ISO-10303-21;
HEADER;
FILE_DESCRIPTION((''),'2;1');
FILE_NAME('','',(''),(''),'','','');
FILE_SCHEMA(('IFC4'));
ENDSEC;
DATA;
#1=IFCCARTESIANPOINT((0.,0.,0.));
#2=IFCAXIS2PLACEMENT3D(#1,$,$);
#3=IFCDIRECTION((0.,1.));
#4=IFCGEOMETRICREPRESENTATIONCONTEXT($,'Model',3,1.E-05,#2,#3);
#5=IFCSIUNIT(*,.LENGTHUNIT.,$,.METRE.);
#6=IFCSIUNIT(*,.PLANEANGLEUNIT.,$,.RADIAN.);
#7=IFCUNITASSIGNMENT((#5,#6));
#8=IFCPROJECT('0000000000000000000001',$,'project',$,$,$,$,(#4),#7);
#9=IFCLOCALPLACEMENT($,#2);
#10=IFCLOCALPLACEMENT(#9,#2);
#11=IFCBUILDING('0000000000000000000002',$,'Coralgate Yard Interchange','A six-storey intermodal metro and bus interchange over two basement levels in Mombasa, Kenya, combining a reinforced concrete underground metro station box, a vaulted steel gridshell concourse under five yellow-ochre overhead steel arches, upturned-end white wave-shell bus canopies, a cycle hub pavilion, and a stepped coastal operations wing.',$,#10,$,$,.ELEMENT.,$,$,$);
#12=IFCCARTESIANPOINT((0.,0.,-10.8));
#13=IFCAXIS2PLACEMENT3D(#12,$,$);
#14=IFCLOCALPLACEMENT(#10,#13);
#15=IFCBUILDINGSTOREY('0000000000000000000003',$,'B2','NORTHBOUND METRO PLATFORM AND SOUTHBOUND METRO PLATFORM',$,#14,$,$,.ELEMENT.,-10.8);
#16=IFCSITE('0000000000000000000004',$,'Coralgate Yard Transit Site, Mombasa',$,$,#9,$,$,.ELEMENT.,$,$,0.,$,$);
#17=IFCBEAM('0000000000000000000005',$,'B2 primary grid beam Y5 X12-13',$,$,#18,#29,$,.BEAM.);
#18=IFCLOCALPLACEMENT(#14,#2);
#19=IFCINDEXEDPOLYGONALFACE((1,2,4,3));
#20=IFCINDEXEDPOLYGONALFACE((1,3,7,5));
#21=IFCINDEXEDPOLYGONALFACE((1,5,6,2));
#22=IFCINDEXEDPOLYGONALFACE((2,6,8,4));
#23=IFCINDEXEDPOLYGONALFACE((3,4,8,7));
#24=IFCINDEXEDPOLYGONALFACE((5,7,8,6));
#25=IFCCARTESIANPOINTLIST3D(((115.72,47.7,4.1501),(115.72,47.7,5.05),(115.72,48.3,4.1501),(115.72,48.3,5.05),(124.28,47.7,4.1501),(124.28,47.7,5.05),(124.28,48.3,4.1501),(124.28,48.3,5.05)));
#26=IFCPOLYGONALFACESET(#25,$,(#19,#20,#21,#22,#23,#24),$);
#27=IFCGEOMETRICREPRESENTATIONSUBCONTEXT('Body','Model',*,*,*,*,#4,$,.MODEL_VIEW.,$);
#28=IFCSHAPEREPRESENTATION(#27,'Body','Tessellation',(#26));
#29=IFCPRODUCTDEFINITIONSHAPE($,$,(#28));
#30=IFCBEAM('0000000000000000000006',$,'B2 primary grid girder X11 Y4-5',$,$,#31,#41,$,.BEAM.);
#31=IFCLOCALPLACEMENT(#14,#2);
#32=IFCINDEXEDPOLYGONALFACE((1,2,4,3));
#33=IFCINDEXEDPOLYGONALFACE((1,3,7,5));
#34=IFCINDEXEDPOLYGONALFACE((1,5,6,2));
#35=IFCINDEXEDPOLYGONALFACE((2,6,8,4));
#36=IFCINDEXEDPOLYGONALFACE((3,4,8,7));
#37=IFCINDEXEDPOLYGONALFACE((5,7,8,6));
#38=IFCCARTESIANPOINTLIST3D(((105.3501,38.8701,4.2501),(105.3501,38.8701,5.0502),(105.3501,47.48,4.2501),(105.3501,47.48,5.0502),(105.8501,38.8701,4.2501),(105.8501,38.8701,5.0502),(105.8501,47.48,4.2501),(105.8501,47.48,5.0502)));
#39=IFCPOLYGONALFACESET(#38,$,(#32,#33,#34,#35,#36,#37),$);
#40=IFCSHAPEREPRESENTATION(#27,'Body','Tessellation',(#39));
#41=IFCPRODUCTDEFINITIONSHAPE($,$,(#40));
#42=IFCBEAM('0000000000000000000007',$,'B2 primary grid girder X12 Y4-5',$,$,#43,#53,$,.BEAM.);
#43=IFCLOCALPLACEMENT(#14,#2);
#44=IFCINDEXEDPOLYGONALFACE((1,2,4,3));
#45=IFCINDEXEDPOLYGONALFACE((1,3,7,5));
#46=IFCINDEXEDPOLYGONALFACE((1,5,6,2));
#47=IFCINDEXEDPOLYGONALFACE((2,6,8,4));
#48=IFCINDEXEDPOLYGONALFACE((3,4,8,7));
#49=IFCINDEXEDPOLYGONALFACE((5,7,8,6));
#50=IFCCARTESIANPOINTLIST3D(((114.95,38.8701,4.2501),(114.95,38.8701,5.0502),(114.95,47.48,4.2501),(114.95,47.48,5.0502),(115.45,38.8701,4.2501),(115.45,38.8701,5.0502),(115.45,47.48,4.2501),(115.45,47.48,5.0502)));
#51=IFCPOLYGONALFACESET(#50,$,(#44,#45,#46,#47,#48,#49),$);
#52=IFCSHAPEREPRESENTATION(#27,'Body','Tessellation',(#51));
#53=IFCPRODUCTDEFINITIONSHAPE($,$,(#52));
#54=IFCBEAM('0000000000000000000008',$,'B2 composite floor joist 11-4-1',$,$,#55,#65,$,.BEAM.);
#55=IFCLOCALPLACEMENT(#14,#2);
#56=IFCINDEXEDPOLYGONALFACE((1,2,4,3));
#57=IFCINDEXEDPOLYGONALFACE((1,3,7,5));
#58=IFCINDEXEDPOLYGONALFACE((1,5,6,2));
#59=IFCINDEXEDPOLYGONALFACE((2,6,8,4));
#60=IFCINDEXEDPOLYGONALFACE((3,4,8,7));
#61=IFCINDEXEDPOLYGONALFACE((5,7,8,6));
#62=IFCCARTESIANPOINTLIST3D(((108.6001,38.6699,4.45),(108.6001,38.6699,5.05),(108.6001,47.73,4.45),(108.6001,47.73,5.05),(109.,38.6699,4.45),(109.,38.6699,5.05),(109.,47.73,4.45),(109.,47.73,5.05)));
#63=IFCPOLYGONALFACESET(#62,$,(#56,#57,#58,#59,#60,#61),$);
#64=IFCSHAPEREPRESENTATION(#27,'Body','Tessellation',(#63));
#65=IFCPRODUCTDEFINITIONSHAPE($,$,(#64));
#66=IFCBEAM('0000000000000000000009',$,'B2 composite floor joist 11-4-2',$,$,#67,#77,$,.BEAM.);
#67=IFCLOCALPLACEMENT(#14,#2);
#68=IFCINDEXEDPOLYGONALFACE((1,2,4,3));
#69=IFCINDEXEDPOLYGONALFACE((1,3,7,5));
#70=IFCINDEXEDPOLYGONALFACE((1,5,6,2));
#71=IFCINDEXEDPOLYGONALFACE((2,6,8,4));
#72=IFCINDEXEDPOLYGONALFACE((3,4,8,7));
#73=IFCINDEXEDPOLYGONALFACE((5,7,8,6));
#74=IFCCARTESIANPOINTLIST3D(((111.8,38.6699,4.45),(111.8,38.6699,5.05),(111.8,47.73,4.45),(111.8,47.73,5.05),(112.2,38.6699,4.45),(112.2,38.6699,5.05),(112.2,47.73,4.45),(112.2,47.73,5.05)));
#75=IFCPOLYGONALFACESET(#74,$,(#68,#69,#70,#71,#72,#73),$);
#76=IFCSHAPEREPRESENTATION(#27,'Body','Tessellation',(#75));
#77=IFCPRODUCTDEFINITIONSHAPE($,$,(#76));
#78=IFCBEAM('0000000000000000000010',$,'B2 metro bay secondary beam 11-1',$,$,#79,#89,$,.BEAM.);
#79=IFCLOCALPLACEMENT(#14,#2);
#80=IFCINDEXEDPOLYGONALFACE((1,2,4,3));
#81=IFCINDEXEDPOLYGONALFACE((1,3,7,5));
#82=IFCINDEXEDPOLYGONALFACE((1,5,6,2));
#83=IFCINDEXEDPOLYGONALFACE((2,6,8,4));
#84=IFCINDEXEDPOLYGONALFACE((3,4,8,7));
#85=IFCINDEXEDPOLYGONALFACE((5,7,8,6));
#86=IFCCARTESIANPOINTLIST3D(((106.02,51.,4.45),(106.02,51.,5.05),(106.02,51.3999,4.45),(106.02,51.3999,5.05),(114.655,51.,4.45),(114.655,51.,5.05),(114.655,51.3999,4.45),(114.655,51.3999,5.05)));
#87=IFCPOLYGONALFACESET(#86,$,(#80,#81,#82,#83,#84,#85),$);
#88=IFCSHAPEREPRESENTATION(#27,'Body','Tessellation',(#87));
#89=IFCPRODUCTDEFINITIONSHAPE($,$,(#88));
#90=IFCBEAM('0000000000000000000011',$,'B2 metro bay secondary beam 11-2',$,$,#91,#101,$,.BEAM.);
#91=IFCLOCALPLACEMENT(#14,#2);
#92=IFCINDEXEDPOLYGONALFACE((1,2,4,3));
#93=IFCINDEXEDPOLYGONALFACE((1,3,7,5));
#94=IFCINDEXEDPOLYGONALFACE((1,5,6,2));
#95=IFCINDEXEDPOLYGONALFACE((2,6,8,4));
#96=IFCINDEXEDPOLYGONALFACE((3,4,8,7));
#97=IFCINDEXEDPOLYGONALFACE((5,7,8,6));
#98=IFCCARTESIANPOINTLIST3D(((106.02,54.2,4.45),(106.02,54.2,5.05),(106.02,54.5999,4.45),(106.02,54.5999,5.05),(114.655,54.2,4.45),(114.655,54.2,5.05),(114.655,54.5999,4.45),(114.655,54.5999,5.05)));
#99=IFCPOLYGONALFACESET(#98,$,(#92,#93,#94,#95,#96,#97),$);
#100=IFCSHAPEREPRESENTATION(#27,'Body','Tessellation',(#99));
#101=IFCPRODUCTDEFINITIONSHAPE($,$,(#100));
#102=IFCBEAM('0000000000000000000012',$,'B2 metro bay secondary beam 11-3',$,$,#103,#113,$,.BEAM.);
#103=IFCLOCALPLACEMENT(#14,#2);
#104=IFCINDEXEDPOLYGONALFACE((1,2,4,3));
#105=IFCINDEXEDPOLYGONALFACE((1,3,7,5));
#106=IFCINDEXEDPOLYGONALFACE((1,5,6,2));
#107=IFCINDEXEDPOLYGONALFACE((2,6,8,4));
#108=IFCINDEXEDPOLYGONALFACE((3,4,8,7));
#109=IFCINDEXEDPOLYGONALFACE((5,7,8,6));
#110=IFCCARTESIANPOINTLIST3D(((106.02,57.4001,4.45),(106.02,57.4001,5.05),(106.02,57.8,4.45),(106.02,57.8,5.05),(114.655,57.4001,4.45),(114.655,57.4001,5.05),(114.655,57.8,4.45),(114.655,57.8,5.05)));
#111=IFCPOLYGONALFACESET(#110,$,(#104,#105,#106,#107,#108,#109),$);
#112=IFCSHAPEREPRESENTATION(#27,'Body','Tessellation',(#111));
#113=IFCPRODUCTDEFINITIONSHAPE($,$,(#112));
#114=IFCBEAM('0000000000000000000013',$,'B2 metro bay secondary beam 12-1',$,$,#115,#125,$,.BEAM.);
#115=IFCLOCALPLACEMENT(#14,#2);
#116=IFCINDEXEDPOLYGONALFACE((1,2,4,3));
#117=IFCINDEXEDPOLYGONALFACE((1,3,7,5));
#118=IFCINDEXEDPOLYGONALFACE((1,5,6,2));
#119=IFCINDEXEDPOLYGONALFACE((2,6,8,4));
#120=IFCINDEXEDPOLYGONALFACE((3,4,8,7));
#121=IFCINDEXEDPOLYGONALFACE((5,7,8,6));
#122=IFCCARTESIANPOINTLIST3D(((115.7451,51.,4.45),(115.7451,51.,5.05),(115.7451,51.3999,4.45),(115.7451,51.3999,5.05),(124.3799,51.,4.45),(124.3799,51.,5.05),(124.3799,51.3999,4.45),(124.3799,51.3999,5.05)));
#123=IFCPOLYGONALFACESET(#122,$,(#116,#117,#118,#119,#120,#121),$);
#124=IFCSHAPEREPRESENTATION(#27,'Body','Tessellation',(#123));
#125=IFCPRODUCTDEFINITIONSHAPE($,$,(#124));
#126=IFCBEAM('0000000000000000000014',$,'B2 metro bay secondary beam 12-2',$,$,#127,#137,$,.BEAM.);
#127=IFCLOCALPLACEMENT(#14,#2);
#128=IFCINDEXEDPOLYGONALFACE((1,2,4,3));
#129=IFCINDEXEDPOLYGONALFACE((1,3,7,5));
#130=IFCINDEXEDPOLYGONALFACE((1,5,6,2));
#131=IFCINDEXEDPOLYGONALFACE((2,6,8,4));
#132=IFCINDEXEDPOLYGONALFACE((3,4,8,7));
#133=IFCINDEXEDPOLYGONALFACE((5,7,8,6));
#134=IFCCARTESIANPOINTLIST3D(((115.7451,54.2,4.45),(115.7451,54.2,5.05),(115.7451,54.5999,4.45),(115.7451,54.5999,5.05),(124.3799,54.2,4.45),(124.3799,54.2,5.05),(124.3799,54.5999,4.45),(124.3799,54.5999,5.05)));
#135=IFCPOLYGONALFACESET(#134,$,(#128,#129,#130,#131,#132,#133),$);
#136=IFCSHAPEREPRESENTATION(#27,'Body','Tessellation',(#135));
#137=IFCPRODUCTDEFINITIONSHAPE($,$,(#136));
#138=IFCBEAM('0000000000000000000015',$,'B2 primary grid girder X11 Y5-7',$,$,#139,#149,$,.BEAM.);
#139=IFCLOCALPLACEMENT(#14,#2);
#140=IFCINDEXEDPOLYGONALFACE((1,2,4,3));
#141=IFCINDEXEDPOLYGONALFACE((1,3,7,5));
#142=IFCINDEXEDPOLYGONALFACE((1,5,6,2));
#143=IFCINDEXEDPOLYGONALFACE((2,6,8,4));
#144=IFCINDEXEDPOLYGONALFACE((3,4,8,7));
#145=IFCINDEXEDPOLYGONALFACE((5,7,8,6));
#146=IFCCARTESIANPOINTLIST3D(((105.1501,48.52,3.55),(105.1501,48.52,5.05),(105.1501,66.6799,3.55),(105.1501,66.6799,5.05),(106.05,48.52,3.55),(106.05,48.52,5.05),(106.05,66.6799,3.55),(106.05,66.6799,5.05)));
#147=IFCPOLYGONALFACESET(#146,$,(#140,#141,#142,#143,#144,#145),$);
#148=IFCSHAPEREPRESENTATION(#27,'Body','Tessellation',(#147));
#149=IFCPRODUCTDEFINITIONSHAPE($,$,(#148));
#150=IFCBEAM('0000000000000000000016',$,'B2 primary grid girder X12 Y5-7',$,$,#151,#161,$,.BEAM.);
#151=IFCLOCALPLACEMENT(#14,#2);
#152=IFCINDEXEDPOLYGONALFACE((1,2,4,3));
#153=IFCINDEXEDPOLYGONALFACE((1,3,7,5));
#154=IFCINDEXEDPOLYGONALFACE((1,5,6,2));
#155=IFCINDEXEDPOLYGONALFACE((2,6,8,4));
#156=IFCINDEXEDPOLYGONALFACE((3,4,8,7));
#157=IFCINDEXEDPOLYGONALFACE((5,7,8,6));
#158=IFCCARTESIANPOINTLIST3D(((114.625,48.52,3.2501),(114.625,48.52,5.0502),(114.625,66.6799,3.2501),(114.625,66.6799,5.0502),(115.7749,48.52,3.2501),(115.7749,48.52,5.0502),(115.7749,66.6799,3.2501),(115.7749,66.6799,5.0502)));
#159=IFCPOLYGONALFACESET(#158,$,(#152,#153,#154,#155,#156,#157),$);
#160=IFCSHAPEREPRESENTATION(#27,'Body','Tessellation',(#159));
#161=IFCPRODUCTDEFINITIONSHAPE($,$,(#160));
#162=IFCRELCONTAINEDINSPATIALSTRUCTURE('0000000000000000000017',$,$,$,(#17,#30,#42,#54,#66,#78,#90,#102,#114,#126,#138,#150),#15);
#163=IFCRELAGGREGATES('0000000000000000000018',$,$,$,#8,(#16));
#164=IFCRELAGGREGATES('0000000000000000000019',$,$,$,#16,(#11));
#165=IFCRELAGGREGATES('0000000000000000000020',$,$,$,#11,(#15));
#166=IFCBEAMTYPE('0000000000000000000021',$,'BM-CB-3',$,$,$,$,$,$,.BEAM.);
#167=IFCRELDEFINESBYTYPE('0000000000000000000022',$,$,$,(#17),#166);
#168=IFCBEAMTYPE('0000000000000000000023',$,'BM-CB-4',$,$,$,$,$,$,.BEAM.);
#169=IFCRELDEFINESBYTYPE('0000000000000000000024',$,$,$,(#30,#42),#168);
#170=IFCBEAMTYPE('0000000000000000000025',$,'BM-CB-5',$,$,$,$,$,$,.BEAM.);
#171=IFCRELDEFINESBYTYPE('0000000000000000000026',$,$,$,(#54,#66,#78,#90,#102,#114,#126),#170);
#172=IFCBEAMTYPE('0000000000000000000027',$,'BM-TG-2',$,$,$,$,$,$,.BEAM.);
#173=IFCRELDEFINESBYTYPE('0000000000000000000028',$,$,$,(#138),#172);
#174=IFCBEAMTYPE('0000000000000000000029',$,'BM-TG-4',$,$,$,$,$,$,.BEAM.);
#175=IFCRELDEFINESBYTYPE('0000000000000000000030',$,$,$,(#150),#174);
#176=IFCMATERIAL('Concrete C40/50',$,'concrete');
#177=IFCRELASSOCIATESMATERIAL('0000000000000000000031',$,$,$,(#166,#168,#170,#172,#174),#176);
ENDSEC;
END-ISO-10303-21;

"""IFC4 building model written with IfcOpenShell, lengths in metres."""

from ifc_helpers import new_model, si_unit, direction, frame, origin, origin_2d, place, context, subcontext, project, spatial, rectangle, extrude, material, material_profile, profile_set, type_object, element, save


model = new_model("IFC4")

# Units and contexts
model_context = context("Model", 3, precision=1e-05, world=origin(), true_north=direction((0.0, 1.0)))
body_context = subcontext(model_context, "Body", "Model", "MODEL_VIEW")
ifc_project = project(units=[si_unit("LENGTHUNIT", "METRE"), si_unit("PLANEANGLEUNIT", "RADIAN")], contexts=[model_context])

# Site, building, storey
site_placement = place(None, origin())
site = spatial("IfcSite", under=ifc_project, at=site_placement, Name="Coralgate Yard Transit Site, Mombasa", CompositionType="ELEMENT", RefElevation=0.0)
building_placement = place(site_placement, origin())
building = spatial("IfcBuilding", under=site, at=building_placement, Name="Coralgate Yard Interchange", Description="A six-storey intermodal metro and bus interchange over two basement levels in Mombasa, Kenya, combining a reinforced concrete underground metro station box, a vaulted steel gridshell concourse under five yellow-ochre overhead steel arches, upturned-end white wave-shell bus canopies, a cycle hub pavilion, and a stepped coastal operations wing.", CompositionType="ELEMENT")
storey_placement = place(building_placement, frame((0.0, 0.0, -10.8)))
storey = spatial("IfcBuildingStorey", under=building, at=storey_placement, Name="B2", Description="NORTHBOUND METRO PLATFORM AND SOUTHBOUND METRO PLATFORM", CompositionType="ELEMENT", Elevation=-10.8)

# Shared definitions
ifc_material_1 = material(Name="Concrete C40/50", Category="concrete")

# Beams
ifc_material_profile_1 = material_profile(ifc_material_1, rectangle(XDim=0.6001, YDim=0.8999, at=origin_2d()), Name="RC 600x900")
ifc_profile_set_1 = profile_set([ifc_material_profile_1], Name="Concrete C40/50")
beam_type_1 = type_object("IfcBeamType", Name="BM-CB-3", PredefinedType="BEAM", material=ifc_profile_set_1)
beam_1_placement = place(storey_placement, frame((115.72, 48.0, 4.6001), z_axis=(1.0, 0.0, 0.0), x_axis=(0.0, 1.0, 0.0)))
element("IfcBeam", 1, at=beam_1_placement, inside=storey, type_object=beam_type_1, Name="B2 primary grid beam Y5 X12-13", PredefinedType="BEAM", context=body_context, shape_type="SweptSolid", body=[
    extrude(rectangle(XDim=0.6001, YDim=0.8999, at=origin_2d()), origin(), (0.0, 0.0, 1.0), 8.5601),
])
ifc_material_profile_2 = material_profile(ifc_material_1, rectangle(XDim=0.5, YDim=0.8, at=origin_2d()), Name="RC 500x800")
ifc_profile_set_2 = profile_set([ifc_material_profile_2], Name="Concrete C40/50")
beam_type_2 = type_object("IfcBeamType", Name="BM-CB-4", PredefinedType="BEAM", material=ifc_profile_set_2)
for number, where, z_axis, x_axis, name in (
    (2, (105.6001, 38.8701, 4.6501), (0.0, 1.0, 0.0), (-1.0, 0.0, 0.0), "B2 primary grid girder X11 Y4-5"),
    (3, (115.2, 38.8701, 4.6501), (0.0, 1.0, 0.0), (-1.0, 0.0, 0.0), "B2 primary grid girder X12 Y4-5"),
):
    element("IfcBeam", number, at=place(storey_placement, frame(where, z_axis=z_axis, x_axis=x_axis)), inside=storey, type_object=beam_type_2, Name=name, PredefinedType="BEAM", context=body_context, shape_type="SweptSolid", body=[
        extrude(rectangle(XDim=0.5, YDim=0.8, at=origin_2d()), origin(), (0.0, 0.0, 1.0), 8.6099),
    ])
ifc_material_profile_3 = material_profile(ifc_material_1, rectangle(XDim=0.3999, YDim=0.6001, at=origin_2d()), Name="RC 400x600")
ifc_profile_set_3 = profile_set([ifc_material_profile_3], Name="Concrete C40/50")
beam_type_3 = type_object("IfcBeamType", Name="BM-CB-5", PredefinedType="BEAM", material=ifc_profile_set_3)
for number, where, z_axis, x_axis, name in (
    (4, (108.8, 38.6699, 4.75), (0.0, 1.0, 0.0), (-1.0, 0.0, 0.0), "B2 composite floor joist 11-4-1"),
    (5, (112.0, 38.6699, 4.75), (0.0, 1.0, 0.0), (-1.0, 0.0, 0.0), "B2 composite floor joist 11-4-2"),
):
    element("IfcBeam", number, at=place(storey_placement, frame(where, z_axis=z_axis, x_axis=x_axis)), inside=storey, type_object=beam_type_3, Name=name, PredefinedType="BEAM", context=body_context, shape_type="SweptSolid", body=[
        extrude(rectangle(XDim=0.3999, YDim=0.6001, at=origin_2d()), origin(), (0.0, 0.0, 1.0), 9.0601),
    ])
for number, where, z_axis, x_axis, name in (
    (6, (106.02, 51.2, 4.75), (1.0, 0.0, 0.0), (0.0, 1.0, 0.0), "B2 metro bay secondary beam 11-1"),
    (7, (106.02, 54.3999, 4.75), (1.0, 0.0, 0.0), (0.0, 1.0, 0.0), "B2 metro bay secondary beam 11-2"),
    (8, (106.02, 57.6001, 4.75), (1.0, 0.0, 0.0), (0.0, 1.0, 0.0), "B2 metro bay secondary beam 11-3"),
):
    element("IfcBeam", number, at=place(storey_placement, frame(where, z_axis=z_axis, x_axis=x_axis)), inside=storey, type_object=beam_type_3, Name=name, PredefinedType="BEAM", context=body_context, shape_type="SweptSolid", body=[
        extrude(rectangle(XDim=0.3999, YDim=0.6001, at=origin_2d()), origin(), (0.0, 0.0, 1.0), 8.635),
    ])
for number, where, z_axis, x_axis, name in (
    (9, (115.7451, 51.2, 4.75), (1.0, 0.0, 0.0), (0.0, 1.0, 0.0), "B2 metro bay secondary beam 12-1"),
    (10, (115.7451, 54.3999, 4.75), (1.0, 0.0, 0.0), (0.0, 1.0, 0.0), "B2 metro bay secondary beam 12-2"),
):
    element("IfcBeam", number, at=place(storey_placement, frame(where, z_axis=z_axis, x_axis=x_axis)), inside=storey, type_object=beam_type_3, Name=name, PredefinedType="BEAM", context=body_context, shape_type="SweptSolid", body=[
        extrude(rectangle(XDim=0.3999, YDim=0.6001, at=origin_2d()), origin(), (0.0, 0.0, 1.0), 8.6348),
    ])
ifc_material_profile_4 = material_profile(ifc_material_1, rectangle(XDim=0.8999, YDim=1.5, at=origin_2d()), Name="RC 900x1500")
ifc_profile_set_4 = profile_set([ifc_material_profile_4], Name="Concrete C40/50")
beam_type_4 = type_object("IfcBeamType", Name="BM-TG-2", PredefinedType="BEAM", material=ifc_profile_set_4)
beam_2_placement = place(storey_placement, frame((105.6001, 48.52, 4.3), z_axis=(0.0, 1.0, 0.0), x_axis=(-1.0, 0.0, 0.0)))
element("IfcBeam", 11, at=beam_2_placement, inside=storey, type_object=beam_type_4, Name="B2 primary grid girder X11 Y5-7", PredefinedType="BEAM", context=body_context, shape_type="SweptSolid", body=[
    extrude(rectangle(XDim=0.8999, YDim=1.5, at=origin_2d()), origin(), (0.0, 0.0, 1.0), 18.1599),
])
ifc_material_profile_5 = material_profile(ifc_material_1, rectangle(XDim=1.1499, YDim=1.8, at=origin_2d()), Name="RC 1150x1800")
ifc_profile_set_5 = profile_set([ifc_material_profile_5], Name="Concrete C40/50")
beam_type_5 = type_object("IfcBeamType", Name="BM-TG-4", PredefinedType="BEAM", material=ifc_profile_set_5)
beam_3_placement = place(storey_placement, frame((115.2, 48.52, 4.1501), z_axis=(0.0, 1.0, 0.0), x_axis=(-1.0, 0.0, 0.0)))
element("IfcBeam", 12, at=beam_3_placement, inside=storey, type_object=beam_type_5, Name="B2 primary grid girder X12 Y5-7", PredefinedType="BEAM", context=body_context, shape_type="SweptSolid", body=[
    extrude(rectangle(XDim=1.1499, YDim=1.8, at=origin_2d()), origin(), (0.0, 0.0, 1.0), 18.1599),
])

save(model, "model.ifc")
